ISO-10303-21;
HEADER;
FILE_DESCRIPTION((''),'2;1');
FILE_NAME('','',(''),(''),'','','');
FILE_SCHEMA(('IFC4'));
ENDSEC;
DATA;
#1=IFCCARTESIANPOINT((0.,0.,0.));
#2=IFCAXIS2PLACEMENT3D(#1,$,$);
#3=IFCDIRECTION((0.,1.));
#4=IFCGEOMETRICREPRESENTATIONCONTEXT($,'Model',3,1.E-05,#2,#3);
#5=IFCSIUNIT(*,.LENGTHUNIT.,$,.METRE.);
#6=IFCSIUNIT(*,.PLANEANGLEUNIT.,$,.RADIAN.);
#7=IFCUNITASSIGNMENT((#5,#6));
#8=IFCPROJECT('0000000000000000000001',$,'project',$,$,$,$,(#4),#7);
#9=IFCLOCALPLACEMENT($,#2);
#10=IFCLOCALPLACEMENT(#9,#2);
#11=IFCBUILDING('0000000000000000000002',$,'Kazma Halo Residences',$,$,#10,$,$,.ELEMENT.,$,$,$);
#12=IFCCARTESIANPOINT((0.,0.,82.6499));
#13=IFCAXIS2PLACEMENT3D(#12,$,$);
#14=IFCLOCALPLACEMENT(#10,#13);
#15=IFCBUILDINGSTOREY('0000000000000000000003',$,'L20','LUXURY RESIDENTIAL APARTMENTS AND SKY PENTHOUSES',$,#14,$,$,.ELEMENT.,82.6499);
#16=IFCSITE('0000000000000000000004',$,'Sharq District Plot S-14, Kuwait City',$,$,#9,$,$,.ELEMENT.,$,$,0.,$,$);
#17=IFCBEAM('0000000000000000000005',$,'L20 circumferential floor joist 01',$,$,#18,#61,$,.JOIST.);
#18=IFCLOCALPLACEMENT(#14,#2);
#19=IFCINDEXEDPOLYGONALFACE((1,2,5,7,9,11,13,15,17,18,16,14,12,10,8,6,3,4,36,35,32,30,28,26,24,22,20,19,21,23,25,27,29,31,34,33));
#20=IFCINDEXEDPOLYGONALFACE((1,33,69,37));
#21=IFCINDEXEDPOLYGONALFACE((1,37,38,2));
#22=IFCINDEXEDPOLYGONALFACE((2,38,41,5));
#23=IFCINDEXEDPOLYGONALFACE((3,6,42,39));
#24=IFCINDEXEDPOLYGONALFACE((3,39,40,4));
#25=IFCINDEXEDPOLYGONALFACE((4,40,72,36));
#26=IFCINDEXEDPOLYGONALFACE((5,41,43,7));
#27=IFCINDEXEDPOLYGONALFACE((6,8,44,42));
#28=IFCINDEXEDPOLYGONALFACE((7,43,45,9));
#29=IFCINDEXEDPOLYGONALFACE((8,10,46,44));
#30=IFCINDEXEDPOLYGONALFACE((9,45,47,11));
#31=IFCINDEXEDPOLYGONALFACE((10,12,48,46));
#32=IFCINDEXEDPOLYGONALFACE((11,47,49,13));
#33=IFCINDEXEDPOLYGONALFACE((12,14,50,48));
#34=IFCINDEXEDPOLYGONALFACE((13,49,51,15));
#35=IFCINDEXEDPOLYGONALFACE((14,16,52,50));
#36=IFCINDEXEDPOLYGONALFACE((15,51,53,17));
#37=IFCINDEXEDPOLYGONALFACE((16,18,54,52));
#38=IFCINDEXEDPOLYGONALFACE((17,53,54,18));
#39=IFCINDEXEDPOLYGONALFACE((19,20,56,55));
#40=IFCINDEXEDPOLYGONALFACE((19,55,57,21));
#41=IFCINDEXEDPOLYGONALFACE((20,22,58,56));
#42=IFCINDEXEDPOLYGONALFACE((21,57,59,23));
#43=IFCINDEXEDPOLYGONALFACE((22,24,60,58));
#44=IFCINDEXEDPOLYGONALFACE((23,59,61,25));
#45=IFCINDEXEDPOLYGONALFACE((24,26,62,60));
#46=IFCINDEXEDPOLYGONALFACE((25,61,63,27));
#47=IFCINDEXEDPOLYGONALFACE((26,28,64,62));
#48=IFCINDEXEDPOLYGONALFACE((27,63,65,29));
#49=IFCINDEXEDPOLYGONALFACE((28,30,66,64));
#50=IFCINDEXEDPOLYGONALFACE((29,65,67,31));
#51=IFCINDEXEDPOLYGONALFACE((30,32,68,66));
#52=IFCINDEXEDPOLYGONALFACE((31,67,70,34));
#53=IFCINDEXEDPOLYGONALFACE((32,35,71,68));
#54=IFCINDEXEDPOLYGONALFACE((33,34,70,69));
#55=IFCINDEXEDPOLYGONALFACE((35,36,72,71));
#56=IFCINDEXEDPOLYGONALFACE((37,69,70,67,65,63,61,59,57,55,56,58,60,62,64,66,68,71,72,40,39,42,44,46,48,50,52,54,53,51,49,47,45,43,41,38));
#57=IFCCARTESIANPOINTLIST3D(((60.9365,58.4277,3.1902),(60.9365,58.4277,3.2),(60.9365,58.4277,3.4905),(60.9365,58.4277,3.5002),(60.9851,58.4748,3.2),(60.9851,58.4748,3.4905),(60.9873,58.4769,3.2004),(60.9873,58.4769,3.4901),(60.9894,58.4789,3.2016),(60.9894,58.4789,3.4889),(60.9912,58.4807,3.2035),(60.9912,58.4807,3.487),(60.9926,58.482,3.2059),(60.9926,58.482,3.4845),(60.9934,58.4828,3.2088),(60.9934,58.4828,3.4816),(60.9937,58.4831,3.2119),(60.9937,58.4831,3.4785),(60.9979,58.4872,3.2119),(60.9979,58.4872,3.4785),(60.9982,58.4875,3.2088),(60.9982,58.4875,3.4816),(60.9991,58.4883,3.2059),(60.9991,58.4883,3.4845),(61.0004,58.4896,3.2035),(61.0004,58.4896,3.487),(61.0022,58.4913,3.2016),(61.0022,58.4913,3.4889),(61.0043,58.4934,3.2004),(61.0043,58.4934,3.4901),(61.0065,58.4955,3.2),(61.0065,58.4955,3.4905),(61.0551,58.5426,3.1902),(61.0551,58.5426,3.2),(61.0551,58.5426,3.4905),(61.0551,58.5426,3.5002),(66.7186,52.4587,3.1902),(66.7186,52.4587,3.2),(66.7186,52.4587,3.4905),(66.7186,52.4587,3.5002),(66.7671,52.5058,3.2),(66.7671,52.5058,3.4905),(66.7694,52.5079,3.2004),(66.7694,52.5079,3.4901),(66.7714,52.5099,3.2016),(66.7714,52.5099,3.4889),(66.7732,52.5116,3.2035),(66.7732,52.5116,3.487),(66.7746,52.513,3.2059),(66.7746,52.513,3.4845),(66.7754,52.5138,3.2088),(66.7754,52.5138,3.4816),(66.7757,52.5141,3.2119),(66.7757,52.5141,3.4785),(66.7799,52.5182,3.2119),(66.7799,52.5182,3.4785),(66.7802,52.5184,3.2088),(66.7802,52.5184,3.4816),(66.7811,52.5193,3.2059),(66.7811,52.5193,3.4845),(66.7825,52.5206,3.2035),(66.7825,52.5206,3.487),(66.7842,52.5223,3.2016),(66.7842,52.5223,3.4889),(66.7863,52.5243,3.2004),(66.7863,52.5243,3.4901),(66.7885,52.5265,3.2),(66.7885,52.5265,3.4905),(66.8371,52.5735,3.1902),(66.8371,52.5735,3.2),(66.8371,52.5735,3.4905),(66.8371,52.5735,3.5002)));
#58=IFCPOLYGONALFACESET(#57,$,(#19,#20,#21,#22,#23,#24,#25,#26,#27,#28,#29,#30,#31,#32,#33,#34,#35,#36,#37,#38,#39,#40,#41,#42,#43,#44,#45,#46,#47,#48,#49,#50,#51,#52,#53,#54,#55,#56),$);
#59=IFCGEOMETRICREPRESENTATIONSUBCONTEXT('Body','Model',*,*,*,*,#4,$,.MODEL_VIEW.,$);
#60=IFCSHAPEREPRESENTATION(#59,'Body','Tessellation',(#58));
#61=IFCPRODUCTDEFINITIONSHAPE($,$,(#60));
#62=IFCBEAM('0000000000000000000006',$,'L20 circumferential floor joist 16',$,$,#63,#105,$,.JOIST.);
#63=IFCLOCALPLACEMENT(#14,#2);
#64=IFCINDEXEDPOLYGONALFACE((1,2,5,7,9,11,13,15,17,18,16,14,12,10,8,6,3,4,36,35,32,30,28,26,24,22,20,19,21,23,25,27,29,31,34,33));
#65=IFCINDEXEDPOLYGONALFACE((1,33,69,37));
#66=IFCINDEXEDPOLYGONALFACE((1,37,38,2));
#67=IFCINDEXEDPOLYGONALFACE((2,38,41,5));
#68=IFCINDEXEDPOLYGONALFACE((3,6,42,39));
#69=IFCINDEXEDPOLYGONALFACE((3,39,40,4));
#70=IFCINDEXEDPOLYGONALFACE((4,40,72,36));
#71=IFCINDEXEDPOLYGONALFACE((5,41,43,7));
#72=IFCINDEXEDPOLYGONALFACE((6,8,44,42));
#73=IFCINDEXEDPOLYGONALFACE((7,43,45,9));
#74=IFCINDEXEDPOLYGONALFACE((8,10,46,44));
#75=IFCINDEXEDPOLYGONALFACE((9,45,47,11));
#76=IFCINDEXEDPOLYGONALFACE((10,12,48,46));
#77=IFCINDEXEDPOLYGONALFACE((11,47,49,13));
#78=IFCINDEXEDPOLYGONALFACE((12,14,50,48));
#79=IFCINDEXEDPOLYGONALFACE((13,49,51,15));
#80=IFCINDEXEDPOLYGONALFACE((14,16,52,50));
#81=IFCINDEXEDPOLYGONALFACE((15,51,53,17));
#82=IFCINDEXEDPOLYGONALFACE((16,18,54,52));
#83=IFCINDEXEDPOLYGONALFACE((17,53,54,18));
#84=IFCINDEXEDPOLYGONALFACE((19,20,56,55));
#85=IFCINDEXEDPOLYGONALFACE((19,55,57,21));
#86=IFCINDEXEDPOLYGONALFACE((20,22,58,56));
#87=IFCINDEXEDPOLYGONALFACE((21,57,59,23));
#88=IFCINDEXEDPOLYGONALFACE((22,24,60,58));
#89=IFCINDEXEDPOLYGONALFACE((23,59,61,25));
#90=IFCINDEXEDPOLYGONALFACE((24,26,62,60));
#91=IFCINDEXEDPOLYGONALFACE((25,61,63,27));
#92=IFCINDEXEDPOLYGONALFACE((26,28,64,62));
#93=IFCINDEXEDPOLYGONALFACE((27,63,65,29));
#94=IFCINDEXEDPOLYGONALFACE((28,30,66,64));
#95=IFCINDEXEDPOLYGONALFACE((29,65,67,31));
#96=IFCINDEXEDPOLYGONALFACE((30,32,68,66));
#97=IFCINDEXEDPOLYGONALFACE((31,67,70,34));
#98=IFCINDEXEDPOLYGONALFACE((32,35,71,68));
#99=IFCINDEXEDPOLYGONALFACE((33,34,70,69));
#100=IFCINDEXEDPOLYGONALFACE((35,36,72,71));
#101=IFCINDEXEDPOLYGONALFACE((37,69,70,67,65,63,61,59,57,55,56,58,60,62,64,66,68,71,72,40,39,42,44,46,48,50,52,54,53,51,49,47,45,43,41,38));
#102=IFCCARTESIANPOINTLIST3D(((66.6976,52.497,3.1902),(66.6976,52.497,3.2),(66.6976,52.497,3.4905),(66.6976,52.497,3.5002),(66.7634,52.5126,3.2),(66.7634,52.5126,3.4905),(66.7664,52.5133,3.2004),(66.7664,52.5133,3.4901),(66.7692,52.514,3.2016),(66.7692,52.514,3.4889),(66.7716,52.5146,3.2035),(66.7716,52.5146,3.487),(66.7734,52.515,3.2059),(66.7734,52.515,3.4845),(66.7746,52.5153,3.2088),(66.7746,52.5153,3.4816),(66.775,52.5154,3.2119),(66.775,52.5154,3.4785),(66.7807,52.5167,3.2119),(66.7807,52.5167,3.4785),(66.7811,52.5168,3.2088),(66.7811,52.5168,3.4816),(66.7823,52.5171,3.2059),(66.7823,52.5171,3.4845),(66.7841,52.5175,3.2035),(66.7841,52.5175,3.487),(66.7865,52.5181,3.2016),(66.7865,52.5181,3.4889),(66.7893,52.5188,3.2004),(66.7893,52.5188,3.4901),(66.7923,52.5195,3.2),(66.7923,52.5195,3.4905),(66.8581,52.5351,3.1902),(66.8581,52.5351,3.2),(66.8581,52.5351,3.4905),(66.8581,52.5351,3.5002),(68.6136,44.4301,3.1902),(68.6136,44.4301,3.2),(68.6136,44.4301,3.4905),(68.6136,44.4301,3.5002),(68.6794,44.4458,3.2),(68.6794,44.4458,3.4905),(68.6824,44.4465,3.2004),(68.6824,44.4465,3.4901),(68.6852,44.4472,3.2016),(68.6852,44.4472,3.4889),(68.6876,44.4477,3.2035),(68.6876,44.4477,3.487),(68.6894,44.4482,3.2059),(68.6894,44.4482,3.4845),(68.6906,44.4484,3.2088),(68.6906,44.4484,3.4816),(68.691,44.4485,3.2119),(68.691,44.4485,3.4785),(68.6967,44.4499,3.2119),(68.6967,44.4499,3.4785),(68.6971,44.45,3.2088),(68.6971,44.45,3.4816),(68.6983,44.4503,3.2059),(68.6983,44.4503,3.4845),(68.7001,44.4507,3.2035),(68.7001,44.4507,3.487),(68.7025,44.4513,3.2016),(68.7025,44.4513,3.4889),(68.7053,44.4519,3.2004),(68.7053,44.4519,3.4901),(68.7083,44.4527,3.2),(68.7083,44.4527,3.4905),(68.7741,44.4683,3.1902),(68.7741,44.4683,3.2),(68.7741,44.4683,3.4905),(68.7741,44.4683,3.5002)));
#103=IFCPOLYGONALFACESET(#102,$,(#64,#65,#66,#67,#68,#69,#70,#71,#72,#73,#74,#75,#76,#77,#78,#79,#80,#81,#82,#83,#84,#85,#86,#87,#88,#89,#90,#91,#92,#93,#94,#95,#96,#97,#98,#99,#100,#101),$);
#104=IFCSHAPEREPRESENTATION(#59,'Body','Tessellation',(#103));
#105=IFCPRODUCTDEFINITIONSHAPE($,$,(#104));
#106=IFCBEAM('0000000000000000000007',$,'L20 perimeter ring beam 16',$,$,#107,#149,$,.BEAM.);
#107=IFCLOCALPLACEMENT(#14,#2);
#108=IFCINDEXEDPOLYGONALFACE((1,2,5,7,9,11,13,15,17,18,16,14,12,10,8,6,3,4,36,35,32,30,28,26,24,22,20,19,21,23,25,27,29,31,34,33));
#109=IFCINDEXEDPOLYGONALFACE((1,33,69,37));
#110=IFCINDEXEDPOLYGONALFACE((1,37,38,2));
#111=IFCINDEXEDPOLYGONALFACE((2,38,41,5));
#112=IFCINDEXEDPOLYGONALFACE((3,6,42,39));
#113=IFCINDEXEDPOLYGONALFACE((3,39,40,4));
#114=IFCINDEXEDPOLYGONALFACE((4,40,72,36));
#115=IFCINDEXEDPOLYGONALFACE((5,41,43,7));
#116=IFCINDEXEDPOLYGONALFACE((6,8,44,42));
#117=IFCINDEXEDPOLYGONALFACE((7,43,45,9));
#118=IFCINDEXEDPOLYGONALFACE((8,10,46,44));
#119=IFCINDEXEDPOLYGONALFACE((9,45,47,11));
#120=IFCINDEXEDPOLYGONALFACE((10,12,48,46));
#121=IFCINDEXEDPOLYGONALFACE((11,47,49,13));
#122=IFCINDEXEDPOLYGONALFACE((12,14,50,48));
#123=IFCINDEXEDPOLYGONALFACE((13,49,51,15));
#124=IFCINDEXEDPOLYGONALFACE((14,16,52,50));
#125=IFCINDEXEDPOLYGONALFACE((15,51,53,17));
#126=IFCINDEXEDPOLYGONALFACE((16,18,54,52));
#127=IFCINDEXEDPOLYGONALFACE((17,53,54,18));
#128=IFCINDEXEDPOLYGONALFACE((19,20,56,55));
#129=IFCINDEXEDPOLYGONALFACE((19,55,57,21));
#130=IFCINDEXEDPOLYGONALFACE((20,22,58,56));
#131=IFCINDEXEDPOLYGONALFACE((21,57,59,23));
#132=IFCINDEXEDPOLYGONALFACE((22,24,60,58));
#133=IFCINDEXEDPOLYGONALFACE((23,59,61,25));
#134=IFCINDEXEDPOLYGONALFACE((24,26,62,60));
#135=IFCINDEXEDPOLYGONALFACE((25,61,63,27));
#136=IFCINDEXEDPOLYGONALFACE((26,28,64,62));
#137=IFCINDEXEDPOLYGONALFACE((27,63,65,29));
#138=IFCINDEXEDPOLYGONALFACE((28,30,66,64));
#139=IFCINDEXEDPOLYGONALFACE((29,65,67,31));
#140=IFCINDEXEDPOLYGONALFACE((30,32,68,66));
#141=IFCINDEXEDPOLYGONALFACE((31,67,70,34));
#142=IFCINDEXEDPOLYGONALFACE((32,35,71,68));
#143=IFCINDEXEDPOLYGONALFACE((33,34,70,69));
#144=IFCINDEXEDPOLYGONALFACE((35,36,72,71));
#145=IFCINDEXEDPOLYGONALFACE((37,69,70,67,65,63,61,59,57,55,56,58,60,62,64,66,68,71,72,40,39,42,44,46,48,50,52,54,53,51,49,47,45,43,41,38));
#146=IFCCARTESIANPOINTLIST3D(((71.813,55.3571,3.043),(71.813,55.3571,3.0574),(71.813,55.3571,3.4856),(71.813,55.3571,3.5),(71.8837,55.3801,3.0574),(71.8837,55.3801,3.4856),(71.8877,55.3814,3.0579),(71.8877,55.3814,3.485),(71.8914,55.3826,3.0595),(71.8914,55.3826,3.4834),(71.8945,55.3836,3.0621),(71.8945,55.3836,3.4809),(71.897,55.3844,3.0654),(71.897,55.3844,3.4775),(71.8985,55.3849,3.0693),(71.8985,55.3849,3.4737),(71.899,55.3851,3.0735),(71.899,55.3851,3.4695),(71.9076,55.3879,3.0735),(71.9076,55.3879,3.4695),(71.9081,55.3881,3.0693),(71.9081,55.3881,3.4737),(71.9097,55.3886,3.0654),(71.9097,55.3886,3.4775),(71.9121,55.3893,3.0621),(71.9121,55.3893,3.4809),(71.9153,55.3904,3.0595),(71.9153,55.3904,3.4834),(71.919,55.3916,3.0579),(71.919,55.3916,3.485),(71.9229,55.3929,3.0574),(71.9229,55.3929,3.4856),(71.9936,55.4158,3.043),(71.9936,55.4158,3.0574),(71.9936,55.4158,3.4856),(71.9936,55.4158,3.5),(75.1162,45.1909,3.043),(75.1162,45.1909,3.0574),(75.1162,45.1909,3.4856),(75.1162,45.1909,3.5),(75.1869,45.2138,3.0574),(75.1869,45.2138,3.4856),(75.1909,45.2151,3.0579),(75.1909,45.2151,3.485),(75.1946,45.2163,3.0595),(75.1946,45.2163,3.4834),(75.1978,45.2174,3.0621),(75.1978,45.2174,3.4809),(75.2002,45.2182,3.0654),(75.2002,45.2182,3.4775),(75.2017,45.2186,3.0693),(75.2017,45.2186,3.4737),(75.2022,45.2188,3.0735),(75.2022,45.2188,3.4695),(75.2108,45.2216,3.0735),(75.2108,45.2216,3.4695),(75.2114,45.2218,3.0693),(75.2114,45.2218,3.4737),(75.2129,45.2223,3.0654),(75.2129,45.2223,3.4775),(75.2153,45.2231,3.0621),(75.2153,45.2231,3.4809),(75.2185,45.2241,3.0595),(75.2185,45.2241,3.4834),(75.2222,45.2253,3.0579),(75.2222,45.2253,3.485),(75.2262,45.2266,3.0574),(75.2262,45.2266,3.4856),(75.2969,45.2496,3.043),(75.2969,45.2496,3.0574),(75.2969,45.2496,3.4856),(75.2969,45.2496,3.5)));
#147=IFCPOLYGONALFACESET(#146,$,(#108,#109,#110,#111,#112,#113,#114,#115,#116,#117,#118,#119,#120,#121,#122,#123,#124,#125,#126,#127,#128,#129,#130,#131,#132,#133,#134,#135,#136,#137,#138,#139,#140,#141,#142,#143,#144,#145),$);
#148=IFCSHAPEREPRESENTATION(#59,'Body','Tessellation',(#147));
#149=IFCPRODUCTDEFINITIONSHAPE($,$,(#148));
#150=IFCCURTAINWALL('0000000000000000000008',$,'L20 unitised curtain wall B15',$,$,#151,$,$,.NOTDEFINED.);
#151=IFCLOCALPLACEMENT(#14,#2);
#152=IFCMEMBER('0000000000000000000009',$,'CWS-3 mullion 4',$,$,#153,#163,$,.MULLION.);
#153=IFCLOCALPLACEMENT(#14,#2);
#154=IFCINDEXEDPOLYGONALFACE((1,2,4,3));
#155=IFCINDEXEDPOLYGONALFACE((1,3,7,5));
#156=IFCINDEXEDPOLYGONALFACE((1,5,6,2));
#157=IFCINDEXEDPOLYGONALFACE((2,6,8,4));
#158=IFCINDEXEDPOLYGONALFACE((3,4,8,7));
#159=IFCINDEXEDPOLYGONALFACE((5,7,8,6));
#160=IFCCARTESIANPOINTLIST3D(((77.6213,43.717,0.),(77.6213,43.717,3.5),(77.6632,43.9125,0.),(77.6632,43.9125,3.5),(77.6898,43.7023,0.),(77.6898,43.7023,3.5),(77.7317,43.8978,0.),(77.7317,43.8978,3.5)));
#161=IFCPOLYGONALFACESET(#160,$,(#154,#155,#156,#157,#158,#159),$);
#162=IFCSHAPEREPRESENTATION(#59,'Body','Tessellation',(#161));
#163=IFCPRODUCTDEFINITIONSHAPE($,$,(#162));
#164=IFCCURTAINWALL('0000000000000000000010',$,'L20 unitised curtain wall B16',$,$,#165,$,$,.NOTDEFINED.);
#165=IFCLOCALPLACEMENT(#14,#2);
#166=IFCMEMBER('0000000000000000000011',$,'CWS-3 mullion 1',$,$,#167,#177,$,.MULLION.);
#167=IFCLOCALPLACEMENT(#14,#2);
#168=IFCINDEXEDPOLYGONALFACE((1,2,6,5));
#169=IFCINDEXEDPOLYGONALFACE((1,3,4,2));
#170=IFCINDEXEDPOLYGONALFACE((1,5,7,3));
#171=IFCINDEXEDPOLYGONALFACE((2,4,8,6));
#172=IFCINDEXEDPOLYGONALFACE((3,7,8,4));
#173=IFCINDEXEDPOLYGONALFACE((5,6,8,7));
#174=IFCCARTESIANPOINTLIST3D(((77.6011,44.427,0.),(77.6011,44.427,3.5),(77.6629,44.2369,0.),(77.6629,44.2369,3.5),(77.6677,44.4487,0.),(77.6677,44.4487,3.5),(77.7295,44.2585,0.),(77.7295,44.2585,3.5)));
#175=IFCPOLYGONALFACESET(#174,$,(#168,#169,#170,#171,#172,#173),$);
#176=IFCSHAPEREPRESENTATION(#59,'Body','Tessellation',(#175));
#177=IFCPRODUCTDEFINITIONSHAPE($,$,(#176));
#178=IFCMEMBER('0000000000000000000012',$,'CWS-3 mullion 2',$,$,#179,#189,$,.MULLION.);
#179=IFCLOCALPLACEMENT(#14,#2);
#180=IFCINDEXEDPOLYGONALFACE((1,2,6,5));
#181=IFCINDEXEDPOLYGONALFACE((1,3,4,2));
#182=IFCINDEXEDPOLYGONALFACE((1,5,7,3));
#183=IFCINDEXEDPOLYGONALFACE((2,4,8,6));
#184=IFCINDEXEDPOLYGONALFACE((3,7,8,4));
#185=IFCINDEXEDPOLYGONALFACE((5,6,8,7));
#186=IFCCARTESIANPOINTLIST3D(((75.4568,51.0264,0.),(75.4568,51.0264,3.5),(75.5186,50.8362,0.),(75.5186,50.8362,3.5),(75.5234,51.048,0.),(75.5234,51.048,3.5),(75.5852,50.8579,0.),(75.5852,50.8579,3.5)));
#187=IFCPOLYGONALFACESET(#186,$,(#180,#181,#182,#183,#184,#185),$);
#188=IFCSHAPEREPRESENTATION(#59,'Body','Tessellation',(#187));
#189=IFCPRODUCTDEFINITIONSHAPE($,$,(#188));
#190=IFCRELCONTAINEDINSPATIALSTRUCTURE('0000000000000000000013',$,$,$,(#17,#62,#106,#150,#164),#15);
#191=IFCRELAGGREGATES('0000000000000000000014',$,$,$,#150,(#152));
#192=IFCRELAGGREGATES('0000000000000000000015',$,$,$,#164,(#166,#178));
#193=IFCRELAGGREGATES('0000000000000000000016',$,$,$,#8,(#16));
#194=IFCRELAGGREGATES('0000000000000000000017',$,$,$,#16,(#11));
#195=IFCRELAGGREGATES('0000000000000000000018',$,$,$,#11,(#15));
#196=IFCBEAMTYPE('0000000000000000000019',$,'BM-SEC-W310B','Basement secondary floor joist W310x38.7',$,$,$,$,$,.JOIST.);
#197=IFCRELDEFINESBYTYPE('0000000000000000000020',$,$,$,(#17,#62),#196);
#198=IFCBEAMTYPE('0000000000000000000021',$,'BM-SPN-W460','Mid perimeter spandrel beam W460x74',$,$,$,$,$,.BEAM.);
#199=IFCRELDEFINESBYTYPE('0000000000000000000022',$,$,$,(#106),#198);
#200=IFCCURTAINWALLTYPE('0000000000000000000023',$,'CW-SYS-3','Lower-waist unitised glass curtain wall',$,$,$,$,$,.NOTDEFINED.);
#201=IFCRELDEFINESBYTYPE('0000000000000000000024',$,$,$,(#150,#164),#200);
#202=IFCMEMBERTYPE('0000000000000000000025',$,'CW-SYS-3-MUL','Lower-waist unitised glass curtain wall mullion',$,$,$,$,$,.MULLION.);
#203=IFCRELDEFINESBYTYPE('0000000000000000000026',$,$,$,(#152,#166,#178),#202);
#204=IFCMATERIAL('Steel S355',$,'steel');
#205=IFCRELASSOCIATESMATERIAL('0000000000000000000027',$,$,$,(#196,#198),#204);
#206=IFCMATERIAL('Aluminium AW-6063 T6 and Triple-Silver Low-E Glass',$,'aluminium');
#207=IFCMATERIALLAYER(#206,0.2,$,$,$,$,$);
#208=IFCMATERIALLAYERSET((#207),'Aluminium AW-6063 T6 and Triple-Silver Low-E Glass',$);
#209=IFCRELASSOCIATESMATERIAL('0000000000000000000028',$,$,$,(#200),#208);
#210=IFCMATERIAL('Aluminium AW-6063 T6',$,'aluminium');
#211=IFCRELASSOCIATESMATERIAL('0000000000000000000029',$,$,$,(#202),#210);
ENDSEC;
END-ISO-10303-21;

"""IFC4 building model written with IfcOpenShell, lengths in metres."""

from ifc_helpers import new_model, si_unit, direction, frame, origin, origin_2d, place, context, subcontext, project, spatial, rectangle, i_section, extrude, material, layer, layer_set, material_profile, profile_set, type_object, element, aggregate, save


model = new_model("IFC4")

# Units and contexts
model_context = context("Model", 3, precision=1e-05, world=origin(), true_north=direction((0.0, 1.0)))
body_context = subcontext(model_context, "Body", "Model", "MODEL_VIEW")
ifc_project = project(units=[si_unit("LENGTHUNIT", "METRE"), si_unit("PLANEANGLEUNIT", "RADIAN")], contexts=[model_context])

# Site, building, storey
site_placement = place(None, origin())
site = spatial("IfcSite", under=ifc_project, at=site_placement, Name="Sharq District Plot S-14, Kuwait City", CompositionType="ELEMENT", RefElevation=0.0)
building_placement = place(site_placement, origin())
building = spatial("IfcBuilding", under=site, at=building_placement, Name="Kazma Halo Residences", CompositionType="ELEMENT")
storey_placement = place(building_placement, frame((0.0, 0.0, 82.6499)))
storey = spatial("IfcBuildingStorey", under=building, at=storey_placement, Name="L20", Description="LUXURY RESIDENTIAL APARTMENTS AND SKY PENTHOUSES", CompositionType="ELEMENT", Elevation=82.6499)

# Beams
ifc_material_1 = material(Name="Steel S355", Category="steel")
ifc_material_profile_1 = material_profile(ifc_material_1, i_section(OverallWidth=0.165, OverallDepth=0.3101, WebThickness=0.0059, FlangeThickness=0.0098, FilletRadius=0.012, at=origin_2d()), Name="W310x38.7")
ifc_profile_set_1 = profile_set([ifc_material_profile_1], Name="Steel S355")
beam_type_1 = type_object("IfcBeamType", Name="BM-SEC-W310B", Description="Basement secondary floor joist W310x38.7", PredefinedType="JOIST", material=ifc_profile_set_1)
beam_1_placement = place(storey_placement, frame((66.7778, 52.5161, 3.3452), z_axis=(-0.695765, 0.718269, 0.0), x_axis=(-0.718269, -0.695765, 0.0)))
element("IfcBeam", 1, at=beam_1_placement, inside=storey, type_object=beam_type_1, Name="L20 circumferential floor joist 01", PredefinedType="JOIST", context=body_context, shape_type="SweptSolid", body=[
    extrude(i_section(OverallWidth=0.165, OverallDepth=0.3101, WebThickness=0.0059, FlangeThickness=0.0098, FilletRadius=0.012, at=origin_2d()), origin(), (0.0, 0.0, 1.0), 8.3103),
])
beam_2_placement = place(storey_placement, frame((68.6938, 44.4492, 3.3452), z_axis=(-0.231087, 0.972933, 0.0), x_axis=(-0.972933, -0.231087, 0.0)))
element("IfcBeam", 2, at=beam_2_placement, inside=storey, type_object=beam_type_1, Name="L20 circumferential floor joist 16", PredefinedType="JOIST", context=body_context, shape_type="SweptSolid", body=[
    extrude(i_section(OverallWidth=0.165, OverallDepth=0.3101, WebThickness=0.0059, FlangeThickness=0.0098, FilletRadius=0.012, at=origin_2d()), origin(), (0.0, 0.0, 1.0), 8.2913),
])
ifc_material_profile_2 = material_profile(ifc_material_1, i_section(OverallWidth=0.1899, OverallDepth=0.457, WebThickness=0.009, FlangeThickness=0.0144, FilletRadius=0.0161, at=origin_2d()), Name="W460x74")
ifc_profile_set_2 = profile_set([ifc_material_profile_2], Name="Steel S355")
beam_type_2 = type_object("IfcBeamType", Name="BM-SPN-W460", Description="Mid perimeter spandrel beam W460x74", PredefinedType="BEAM", material=ifc_profile_set_2)
beam_3_placement = place(storey_placement, frame((75.2065, 45.2202, 3.2715), z_axis=(-0.309017, 0.951056, 0.0), x_axis=(-0.951056, -0.309017, 0.0)))
element("IfcBeam", 3, at=beam_3_placement, inside=storey, type_object=beam_type_2, Name="L20 perimeter ring beam 16", PredefinedType="BEAM", context=body_context, shape_type="SweptSolid", body=[
    extrude(i_section(OverallWidth=0.1899, OverallDepth=0.457, WebThickness=0.009, FlangeThickness=0.0144, FilletRadius=0.0161, at=origin_2d()), origin(), (0.0, 0.0, 1.0), 10.6895),
])

# Curtain wall, member
ifc_material_2 = material(Name="Aluminium AW-6063 T6 and Triple-Silver Low-E Glass", Category="aluminium")
ifc_layer_1 = layer(ifc_material_2, 0.2)
ifc_layer_set_1 = layer_set([ifc_layer_1], Name="Aluminium AW-6063 T6 and Triple-Silver Low-E Glass")
curtain_wall_type = type_object("IfcCurtainWallType", Name="CW-SYS-3", Description="Lower-waist unitised glass curtain wall", PredefinedType="NOTDEFINED", material=ifc_layer_set_1)
curtain_wall_1_placement = place(storey_placement, origin())
curtain_wall_1 = element("IfcCurtainWall", 4, at=curtain_wall_1_placement, inside=storey, type_object=curtain_wall_type, Name="L20 unitised curtain wall B15", PredefinedType="NOTDEFINED")
ifc_material_3 = material(Name="Aluminium AW-6063 T6", Category="aluminium")
ifc_material_profile_3 = material_profile(ifc_material_3, rectangle(XDim=0.0701, YDim=0.2, at=origin_2d()), Name="CWM-70x200")
ifc_profile_set_3 = profile_set([ifc_material_profile_3], Name="Aluminium AW-6063 T6")
member_type_1 = type_object("IfcMemberType", Name="CW-SYS-3-MUL", Description="Lower-waist unitised glass curtain wall mullion", PredefinedType="MULLION", material=ifc_profile_set_3)
member_1_placement = place(storey_placement, frame((77.6765, 43.8074, 0.0), z_axis=(0.0, 0.0, 1.0), x_axis=(-0.977774, 0.209661, 0.0)))
member_1 = element("IfcMember", 5, at=member_1_placement, type_object=member_type_1, Name="CWS-3 mullion 4", PredefinedType="MULLION", context=body_context, shape_type="SweptSolid", body=[
    extrude(rectangle(XDim=0.0701, YDim=0.2, at=origin_2d()), origin(), (0.0, 0.0, 1.0), 3.5),
])
aggregate(curtain_wall_1, [member_1])

# Curtain wall, members
curtain_wall_2_placement = place(storey_placement, origin())
curtain_wall_2 = element("IfcCurtainWall", 6, at=curtain_wall_2_placement, inside=storey, type_object=curtain_wall_type, Name="L20 unitised curtain wall B16", PredefinedType="NOTDEFINED")
member_2_placement = place(storey_placement, frame((77.6653, 44.3428, 0.0), z_axis=(0.0, 0.0, 1.0), x_axis=(-0.951058, -0.309013, 0.0)))
member_2 = element("IfcMember", 7, at=member_2_placement, type_object=member_type_1, Name="CWS-3 mullion 1", PredefinedType="MULLION", context=body_context, shape_type="SweptSolid", body=[
    extrude(rectangle(XDim=0.0701, YDim=0.2, at=origin_2d()), origin(), (0.0, 0.0, 1.0), 3.5),
])
member_3_placement = place(storey_placement, frame((75.521, 50.9421, 0.0), z_axis=(0.0, 0.0, 1.0), x_axis=(-0.951058, -0.309013, 0.0)))
member_3 = element("IfcMember", 8, at=member_3_placement, type_object=member_type_1, Name="CWS-3 mullion 2", PredefinedType="MULLION", context=body_context, shape_type="SweptSolid", body=[
    extrude(rectangle(XDim=0.0701, YDim=0.2, at=origin_2d()), origin(), (0.0, 0.0, 1.0), 3.5),
])
aggregate(curtain_wall_2, [member_2, member_3])

save(model, "model.ifc")
